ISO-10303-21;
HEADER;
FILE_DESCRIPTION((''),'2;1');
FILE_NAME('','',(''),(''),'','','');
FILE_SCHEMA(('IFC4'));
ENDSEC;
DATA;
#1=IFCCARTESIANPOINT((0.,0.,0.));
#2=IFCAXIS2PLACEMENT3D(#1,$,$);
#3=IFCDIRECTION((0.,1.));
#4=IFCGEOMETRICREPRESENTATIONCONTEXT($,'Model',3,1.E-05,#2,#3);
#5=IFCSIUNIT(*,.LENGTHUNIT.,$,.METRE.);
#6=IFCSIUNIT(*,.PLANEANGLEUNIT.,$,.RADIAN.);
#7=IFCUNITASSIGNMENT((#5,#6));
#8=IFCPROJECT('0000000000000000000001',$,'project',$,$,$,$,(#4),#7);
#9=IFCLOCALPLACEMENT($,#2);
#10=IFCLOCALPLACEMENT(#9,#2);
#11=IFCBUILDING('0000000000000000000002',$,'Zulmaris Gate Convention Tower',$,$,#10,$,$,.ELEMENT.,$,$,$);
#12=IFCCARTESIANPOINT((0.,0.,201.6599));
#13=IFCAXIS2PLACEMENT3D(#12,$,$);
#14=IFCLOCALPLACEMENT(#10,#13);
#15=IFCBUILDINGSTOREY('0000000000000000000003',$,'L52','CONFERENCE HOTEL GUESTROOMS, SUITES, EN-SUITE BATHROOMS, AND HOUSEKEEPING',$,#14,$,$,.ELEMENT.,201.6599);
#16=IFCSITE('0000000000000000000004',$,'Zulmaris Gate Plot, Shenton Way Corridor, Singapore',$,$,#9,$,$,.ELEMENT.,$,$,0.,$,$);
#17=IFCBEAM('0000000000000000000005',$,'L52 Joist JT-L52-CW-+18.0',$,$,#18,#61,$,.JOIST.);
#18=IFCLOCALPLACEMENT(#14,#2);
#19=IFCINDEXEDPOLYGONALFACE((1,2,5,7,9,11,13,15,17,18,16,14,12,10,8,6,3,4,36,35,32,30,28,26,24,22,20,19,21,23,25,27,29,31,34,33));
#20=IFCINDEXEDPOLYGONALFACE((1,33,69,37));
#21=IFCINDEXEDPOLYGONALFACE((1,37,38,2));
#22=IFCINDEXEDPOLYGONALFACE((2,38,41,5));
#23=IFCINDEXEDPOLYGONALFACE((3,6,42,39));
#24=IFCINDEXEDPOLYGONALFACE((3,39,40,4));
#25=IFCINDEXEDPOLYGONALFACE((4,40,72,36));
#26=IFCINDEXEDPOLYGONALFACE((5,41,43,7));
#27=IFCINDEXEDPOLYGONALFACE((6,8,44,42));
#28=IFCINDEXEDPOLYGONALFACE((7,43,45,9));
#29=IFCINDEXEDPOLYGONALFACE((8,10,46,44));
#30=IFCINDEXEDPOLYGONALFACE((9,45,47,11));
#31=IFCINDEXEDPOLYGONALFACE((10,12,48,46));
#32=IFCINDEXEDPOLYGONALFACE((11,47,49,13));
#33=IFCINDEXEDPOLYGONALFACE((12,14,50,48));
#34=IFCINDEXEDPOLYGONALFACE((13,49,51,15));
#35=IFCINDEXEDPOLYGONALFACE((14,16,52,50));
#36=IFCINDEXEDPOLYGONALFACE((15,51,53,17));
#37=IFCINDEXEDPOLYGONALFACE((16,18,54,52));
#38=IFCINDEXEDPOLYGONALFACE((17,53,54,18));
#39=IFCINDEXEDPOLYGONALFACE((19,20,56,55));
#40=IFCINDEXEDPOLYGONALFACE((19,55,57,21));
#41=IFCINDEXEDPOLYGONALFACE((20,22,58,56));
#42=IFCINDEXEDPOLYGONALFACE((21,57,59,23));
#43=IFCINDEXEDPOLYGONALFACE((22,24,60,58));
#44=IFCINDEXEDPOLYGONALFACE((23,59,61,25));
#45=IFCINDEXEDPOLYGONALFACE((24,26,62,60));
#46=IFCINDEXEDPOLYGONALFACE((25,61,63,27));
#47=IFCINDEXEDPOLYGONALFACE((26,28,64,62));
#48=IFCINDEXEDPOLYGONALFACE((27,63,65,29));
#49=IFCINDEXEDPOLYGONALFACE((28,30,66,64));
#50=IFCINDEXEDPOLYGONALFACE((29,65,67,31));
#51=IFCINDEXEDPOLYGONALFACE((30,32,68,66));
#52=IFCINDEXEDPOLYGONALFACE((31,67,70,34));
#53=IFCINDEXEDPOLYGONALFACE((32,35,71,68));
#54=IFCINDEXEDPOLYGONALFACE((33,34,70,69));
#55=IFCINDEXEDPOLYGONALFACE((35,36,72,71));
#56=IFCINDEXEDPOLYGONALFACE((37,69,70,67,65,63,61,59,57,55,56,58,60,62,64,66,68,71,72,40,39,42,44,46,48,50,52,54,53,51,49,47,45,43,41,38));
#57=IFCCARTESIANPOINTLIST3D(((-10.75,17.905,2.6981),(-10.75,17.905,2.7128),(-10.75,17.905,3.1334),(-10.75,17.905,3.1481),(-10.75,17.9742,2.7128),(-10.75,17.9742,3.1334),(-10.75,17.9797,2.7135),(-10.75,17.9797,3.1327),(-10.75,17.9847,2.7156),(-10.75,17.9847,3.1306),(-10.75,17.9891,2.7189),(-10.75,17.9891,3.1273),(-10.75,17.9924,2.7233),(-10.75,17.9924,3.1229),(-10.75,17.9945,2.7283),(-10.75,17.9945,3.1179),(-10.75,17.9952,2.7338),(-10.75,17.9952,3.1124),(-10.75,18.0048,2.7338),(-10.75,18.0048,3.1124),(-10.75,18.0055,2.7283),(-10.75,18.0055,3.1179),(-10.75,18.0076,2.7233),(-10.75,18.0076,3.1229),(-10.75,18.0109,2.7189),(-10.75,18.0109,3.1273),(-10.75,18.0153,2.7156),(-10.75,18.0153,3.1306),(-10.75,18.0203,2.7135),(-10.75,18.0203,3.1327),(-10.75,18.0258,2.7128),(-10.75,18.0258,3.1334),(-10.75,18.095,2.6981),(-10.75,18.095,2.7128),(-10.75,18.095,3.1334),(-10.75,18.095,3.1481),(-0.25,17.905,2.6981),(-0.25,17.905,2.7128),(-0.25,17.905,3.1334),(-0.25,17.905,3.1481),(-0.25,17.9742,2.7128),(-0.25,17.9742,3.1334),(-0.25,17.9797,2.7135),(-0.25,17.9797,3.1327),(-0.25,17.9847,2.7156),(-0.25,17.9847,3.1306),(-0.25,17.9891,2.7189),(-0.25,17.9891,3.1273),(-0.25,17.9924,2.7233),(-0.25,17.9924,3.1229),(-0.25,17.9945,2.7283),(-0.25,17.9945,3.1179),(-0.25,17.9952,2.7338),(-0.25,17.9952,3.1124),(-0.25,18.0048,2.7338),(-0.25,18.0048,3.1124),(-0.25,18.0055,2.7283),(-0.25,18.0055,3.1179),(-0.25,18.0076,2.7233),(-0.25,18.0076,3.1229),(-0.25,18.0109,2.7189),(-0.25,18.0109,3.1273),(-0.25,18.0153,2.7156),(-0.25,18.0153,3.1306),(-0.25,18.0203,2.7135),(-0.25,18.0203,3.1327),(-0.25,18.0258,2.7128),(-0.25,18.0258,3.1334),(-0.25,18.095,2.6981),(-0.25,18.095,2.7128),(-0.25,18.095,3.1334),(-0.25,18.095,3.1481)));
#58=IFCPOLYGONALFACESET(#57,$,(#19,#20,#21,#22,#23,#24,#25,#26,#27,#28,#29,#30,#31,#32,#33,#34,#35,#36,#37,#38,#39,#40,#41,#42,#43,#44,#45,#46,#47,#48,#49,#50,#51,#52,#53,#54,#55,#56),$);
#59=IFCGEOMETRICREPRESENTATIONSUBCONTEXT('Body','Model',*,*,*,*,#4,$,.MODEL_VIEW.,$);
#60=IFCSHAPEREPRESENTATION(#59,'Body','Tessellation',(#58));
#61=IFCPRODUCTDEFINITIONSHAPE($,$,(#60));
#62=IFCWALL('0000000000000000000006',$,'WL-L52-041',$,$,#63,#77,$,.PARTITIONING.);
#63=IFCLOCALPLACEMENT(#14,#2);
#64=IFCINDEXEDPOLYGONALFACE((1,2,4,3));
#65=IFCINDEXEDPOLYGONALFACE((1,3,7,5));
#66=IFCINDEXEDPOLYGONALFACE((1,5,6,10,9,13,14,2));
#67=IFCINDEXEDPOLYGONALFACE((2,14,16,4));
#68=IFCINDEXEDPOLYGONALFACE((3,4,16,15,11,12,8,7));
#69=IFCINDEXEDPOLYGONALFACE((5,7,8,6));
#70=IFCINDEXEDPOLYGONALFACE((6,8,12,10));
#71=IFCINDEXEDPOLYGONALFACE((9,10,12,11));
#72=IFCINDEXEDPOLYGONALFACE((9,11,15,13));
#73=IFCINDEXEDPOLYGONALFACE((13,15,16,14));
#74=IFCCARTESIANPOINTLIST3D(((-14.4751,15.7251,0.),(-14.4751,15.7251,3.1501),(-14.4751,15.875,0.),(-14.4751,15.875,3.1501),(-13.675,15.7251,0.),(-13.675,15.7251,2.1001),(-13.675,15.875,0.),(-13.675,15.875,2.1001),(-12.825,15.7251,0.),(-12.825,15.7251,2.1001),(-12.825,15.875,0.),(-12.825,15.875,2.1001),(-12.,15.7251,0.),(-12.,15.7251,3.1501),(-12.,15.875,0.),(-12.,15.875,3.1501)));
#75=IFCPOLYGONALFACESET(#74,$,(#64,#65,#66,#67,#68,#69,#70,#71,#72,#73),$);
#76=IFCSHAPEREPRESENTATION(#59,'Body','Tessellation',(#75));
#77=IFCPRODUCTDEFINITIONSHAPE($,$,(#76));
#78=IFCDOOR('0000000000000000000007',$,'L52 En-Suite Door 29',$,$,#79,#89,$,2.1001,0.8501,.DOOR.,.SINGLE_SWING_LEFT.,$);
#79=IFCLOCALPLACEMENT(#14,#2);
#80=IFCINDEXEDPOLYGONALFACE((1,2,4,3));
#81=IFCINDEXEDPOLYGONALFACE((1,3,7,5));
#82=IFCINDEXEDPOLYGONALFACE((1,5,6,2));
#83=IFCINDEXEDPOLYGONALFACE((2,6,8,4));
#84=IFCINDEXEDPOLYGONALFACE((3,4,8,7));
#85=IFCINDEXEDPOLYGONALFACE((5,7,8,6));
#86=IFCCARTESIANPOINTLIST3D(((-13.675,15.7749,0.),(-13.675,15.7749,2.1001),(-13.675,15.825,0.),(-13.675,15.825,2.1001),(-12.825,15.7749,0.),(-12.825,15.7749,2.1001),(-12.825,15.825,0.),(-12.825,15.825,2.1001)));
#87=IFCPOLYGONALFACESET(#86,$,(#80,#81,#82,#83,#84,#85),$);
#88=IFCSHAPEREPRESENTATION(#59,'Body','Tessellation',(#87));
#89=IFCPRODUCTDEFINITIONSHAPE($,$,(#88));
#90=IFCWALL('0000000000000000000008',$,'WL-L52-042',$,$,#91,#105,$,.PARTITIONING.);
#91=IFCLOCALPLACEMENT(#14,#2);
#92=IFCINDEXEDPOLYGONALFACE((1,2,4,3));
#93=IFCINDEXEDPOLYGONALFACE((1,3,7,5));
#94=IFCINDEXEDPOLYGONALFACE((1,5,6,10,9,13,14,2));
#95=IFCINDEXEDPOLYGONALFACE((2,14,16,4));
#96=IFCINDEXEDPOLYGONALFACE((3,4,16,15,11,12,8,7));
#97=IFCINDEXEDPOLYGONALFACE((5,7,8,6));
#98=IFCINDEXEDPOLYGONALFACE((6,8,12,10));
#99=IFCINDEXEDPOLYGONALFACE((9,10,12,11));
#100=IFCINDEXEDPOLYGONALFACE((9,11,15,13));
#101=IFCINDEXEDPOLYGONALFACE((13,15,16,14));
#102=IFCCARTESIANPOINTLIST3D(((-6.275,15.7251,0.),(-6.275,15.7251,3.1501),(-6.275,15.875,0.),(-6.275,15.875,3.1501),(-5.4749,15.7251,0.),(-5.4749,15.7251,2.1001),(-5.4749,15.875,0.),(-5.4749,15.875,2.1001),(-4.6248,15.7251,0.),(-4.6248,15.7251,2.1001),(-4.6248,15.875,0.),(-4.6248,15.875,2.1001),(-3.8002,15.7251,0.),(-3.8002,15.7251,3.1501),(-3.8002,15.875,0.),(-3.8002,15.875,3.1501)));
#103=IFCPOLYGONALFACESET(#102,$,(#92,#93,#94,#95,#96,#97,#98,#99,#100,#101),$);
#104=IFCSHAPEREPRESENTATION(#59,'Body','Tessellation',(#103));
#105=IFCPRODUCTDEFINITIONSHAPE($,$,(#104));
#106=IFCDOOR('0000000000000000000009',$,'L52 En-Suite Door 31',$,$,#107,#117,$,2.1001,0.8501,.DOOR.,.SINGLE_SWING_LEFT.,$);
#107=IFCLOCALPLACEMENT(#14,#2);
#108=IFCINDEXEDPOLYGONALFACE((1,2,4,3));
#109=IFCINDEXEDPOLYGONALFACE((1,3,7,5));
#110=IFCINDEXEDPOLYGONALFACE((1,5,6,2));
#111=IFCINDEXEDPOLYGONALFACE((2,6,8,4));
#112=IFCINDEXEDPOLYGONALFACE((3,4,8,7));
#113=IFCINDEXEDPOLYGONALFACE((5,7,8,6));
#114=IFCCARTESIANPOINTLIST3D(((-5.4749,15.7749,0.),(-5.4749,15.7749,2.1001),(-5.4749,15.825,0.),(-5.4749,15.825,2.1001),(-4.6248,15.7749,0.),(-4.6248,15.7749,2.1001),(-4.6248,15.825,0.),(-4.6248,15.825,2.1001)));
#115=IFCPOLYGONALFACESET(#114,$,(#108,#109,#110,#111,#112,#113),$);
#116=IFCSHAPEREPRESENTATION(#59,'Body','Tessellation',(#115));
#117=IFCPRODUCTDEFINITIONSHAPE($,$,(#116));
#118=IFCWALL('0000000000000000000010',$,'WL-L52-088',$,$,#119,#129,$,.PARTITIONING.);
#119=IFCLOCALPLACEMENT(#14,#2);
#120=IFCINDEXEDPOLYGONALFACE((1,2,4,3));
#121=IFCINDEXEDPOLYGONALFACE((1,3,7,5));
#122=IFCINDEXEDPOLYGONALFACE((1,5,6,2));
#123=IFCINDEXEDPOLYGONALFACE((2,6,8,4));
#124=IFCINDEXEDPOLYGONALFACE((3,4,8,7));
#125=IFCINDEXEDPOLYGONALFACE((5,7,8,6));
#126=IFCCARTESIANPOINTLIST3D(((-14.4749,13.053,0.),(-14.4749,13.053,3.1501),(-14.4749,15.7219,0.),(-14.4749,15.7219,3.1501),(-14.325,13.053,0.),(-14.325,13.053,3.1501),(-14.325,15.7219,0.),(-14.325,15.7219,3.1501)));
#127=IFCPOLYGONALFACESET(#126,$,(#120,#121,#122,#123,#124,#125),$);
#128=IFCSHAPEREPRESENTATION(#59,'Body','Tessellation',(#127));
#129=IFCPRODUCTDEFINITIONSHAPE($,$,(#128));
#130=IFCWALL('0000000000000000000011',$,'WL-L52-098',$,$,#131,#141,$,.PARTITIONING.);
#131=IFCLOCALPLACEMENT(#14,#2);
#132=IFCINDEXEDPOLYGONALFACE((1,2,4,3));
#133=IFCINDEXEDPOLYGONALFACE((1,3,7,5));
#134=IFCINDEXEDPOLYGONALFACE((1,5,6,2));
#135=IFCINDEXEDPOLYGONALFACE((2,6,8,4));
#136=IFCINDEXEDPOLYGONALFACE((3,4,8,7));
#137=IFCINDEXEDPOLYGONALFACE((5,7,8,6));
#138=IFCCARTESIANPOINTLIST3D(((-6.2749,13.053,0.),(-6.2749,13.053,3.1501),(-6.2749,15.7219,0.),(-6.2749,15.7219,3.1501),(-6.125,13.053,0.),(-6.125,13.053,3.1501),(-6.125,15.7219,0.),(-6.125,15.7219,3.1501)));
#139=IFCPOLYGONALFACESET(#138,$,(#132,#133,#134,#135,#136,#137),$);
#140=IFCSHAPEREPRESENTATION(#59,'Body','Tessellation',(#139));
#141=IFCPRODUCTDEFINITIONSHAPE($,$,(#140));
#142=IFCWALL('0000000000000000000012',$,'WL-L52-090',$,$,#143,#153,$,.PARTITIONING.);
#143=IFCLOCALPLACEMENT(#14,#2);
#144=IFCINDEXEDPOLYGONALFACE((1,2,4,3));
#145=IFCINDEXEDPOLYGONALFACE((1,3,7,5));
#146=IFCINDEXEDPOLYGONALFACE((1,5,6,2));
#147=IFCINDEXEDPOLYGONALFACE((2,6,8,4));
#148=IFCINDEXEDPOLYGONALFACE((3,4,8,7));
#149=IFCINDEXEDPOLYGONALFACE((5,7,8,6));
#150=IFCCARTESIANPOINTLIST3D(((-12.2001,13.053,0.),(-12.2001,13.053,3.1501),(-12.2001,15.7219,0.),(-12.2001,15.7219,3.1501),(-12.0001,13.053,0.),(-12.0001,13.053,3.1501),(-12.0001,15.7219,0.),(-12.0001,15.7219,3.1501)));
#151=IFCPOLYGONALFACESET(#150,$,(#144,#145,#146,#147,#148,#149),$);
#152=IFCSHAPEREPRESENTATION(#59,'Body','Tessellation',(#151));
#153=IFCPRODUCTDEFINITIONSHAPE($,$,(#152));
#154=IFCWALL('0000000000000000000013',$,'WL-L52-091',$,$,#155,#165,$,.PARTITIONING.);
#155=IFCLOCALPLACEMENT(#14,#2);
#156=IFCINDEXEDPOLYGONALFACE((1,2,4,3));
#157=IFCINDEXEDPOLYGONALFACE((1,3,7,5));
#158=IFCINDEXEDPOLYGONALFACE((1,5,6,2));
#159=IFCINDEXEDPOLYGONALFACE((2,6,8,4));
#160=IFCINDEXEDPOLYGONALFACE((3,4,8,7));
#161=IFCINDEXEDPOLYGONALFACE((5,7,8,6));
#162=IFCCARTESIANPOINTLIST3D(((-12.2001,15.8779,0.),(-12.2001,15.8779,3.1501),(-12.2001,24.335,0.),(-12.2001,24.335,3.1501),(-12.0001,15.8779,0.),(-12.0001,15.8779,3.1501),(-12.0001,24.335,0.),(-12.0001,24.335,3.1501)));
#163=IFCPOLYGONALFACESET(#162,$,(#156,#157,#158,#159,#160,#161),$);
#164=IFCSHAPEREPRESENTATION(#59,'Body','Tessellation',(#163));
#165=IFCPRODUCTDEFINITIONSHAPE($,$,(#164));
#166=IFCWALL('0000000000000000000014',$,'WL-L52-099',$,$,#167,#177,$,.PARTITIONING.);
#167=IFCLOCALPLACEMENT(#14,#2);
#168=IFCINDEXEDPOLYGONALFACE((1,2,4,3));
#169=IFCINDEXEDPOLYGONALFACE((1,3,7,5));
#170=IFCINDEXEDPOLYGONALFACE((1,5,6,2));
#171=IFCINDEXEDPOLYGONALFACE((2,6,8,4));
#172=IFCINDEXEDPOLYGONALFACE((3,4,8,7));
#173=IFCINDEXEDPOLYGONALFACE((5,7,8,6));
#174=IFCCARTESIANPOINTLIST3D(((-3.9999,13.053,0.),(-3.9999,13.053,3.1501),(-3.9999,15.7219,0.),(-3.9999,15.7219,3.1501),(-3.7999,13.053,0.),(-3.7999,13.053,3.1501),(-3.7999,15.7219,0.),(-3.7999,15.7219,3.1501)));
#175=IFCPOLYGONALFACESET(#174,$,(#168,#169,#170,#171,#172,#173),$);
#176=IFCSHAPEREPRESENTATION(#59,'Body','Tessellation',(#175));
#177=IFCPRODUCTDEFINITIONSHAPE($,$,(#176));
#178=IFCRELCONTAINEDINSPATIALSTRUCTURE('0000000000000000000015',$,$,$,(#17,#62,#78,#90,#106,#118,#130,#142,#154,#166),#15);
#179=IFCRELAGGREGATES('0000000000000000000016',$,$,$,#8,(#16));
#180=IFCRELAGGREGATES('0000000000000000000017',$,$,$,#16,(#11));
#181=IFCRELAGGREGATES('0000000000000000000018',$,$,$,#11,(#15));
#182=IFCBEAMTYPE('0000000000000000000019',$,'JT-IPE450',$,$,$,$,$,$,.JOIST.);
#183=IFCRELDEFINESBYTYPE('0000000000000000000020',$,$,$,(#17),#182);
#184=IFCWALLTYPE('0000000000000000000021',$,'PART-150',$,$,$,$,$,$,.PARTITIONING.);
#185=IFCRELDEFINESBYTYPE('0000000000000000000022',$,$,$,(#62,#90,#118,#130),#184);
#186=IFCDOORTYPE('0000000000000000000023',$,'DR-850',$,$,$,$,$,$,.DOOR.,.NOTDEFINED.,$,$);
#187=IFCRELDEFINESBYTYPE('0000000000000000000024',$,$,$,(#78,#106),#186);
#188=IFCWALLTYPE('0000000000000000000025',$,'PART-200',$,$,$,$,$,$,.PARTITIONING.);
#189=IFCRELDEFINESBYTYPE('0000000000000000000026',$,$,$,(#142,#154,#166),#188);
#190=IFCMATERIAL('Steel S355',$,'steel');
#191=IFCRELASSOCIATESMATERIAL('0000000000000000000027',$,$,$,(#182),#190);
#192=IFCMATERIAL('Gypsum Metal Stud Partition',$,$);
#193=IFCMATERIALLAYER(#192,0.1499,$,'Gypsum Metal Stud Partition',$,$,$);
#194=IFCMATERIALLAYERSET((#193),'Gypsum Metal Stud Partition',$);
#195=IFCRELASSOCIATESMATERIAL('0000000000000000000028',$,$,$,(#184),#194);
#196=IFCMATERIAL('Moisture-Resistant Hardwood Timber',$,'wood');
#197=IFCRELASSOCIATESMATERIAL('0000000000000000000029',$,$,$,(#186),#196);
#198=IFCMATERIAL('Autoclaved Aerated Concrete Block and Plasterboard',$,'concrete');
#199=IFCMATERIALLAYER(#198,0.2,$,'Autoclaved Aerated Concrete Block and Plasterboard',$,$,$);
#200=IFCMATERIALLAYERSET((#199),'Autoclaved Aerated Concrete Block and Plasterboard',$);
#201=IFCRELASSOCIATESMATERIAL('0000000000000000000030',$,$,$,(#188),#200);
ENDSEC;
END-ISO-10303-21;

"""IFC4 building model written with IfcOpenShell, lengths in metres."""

from ifc_helpers import new_model, si_unit, direction, frame, frame_2d, origin, origin_2d, place, context, subcontext, project, spatial, rectangle, i_section, extrude, material, layer, layer_set, material_profile, profile_set, type_object, element, fill, save


model = new_model("IFC4")

# Units and contexts
model_context = context("Model", 3, precision=1e-05, world=origin(), true_north=direction((0.0, 1.0)))
body_context = subcontext(model_context, "Body", "Model", "MODEL_VIEW")
ifc_project = project(units=[si_unit("LENGTHUNIT", "METRE"), si_unit("PLANEANGLEUNIT", "RADIAN")], contexts=[model_context])

# Site, building, storey
site_placement = place(None, origin())
site = spatial("IfcSite", under=ifc_project, at=site_placement, Name="Zulmaris Gate Plot, Shenton Way Corridor, Singapore", CompositionType="ELEMENT", RefElevation=0.0)
building_placement = place(site_placement, origin())
building = spatial("IfcBuilding", under=site, at=building_placement, Name="Zulmaris Gate Convention Tower", CompositionType="ELEMENT")
storey_placement = place(building_placement, frame((0.0, 0.0, 201.6599)))
storey = spatial("IfcBuildingStorey", under=building, at=storey_placement, Name="L52", Description="CONFERENCE HOTEL GUESTROOMS, SUITES, EN-SUITE BATHROOMS, AND HOUSEKEEPING", CompositionType="ELEMENT", Elevation=201.6599)

# Beam
ifc_material_1 = material(Name="Steel S355", Category="steel")
ifc_material_profile_1 = material_profile(ifc_material_1, i_section(OverallWidth=0.1899, OverallDepth=0.45, WebThickness=0.0095, FlangeThickness=0.0146, FilletRadius=0.021, at=origin_2d()), Name="IPE 450")
ifc_profile_set_1 = profile_set([ifc_material_profile_1], Name="Steel S355")
beam_type_1 = type_object("IfcBeamType", Name="JT-IPE450", PredefinedType="JOIST", material=ifc_profile_set_1)
for number, where, z_axis, x_axis, name in (
    (1, (-10.75, 18.0, 2.9231), (1.0, 0.0, 0.0), (0.0, 1.0, 0.0), "L52 Joist JT-L52-CW-+18.0"),
):
    element("IfcBeam", number, at=place(storey_placement, frame(where, z_axis=z_axis, x_axis=x_axis)), inside=storey, type_object=beam_type_1, Name=name, PredefinedType="JOIST", context=body_context, shape_type="SweptSolid", body=[
        extrude(i_section(OverallWidth=0.1899, OverallDepth=0.45, WebThickness=0.0095, FlangeThickness=0.0146, FilletRadius=0.021, at=origin_2d()), origin(), (0.0, 0.0, 1.0), 10.5),
    ])

# Walls, openings, doors
ifc_material_2 = material(Name="Gypsum Metal Stud Partition")
ifc_layer_1 = layer(ifc_material_2, 0.1499, Name="Gypsum Metal Stud Partition")
ifc_layer_set_1 = layer_set([ifc_layer_1], Name="Gypsum Metal Stud Partition")
wall_type_1 = type_object("IfcWallType", Name="PART-150", PredefinedType="PARTITIONING", material=ifc_layer_set_1)
wall_1_placement = place(storey_placement, frame((-14.4751, 15.8, 0.0), z_axis=(0.0, 0.0, 1.0), x_axis=(1.0, 0.0, 0.0)))
wall_1 = element("IfcWall", 2, at=wall_1_placement, inside=storey, type_object=wall_type_1, Name="WL-L52-041", PredefinedType="PARTITIONING", context=body_context, shape_type="SweptSolid", body=[
    extrude(rectangle(XDim=2.4751, YDim=0.1499, at=frame_2d((1.2375, 0.0))), origin(), (0.0, 0.0, 1.0), 3.1501),
])
opening_1_placement = place(wall_1_placement, frame((0.8, 0.0, 0.0)))
opening_1 = element("IfcOpeningElement", 3, at=opening_1_placement, cuts=wall_1, PredefinedType="OPENING", context=body_context, shape_type="SweptSolid", body=[
    extrude(rectangle(XDim=0.8501, YDim=2.1001, at=frame_2d((0.425, 1.05))), frame((0.0, 0.085, 0.0), z_axis=(0.0, -1.0, 0.0), x_axis=(1.0, 0.0, 0.0)), (0.0, 0.0, 1.0), 0.1699),
])
ifc_material_3 = material(Name="Moisture-Resistant Hardwood Timber", Category="wood")
door_type_1 = type_object("IfcDoorType", Name="DR-850", OperationType="NOTDEFINED", PredefinedType="DOOR", material=ifc_material_3)
door_1_placement = place(opening_1_placement, origin())
door_1 = element("IfcDoor", 4, at=door_1_placement, inside=storey, type_object=door_type_1, Name="L52 En-Suite Door 29", OperationType="SINGLE_SWING_LEFT", OverallHeight=2.1001, OverallWidth=0.8501, PredefinedType="DOOR", context=body_context, shape_type="SweptSolid", body=[
    extrude(rectangle(XDim=0.8501, YDim=2.1001, at=frame_2d((0.425, 1.05))), frame((0.0, 0.0249, 0.0), z_axis=(0.0, -1.0, 0.0), x_axis=(1.0, 0.0, 0.0)), (0.0, 0.0, 1.0), 0.05),
])
fill(opening_1, door_1)
wall_2_placement = place(storey_placement, frame((-6.2749, 15.8, 0.0), z_axis=(0.0, 0.0, 1.0), x_axis=(1.0, 0.0, 0.0)))
wall_2 = element("IfcWall", 5, at=wall_2_placement, inside=storey, type_object=wall_type_1, Name="WL-L52-042", PredefinedType="PARTITIONING", context=body_context, shape_type="SweptSolid", body=[
    extrude(rectangle(XDim=2.4749, YDim=0.1499, at=frame_2d((1.2373, 0.0))), origin(), (0.0, 0.0, 1.0), 3.1501),
])
opening_2_placement = place(wall_2_placement, frame((0.8, 0.0, 0.0)))
opening_2 = element("IfcOpeningElement", 6, at=opening_2_placement, cuts=wall_2, PredefinedType="OPENING", context=body_context, shape_type="SweptSolid", body=[
    extrude(rectangle(XDim=0.8501, YDim=2.1001, at=frame_2d((0.425, 1.05))), frame((0.0, 0.085, 0.0), z_axis=(0.0, -1.0, 0.0), x_axis=(1.0, 0.0, 0.0)), (0.0, 0.0, 1.0), 0.1699),
])
door_2_placement = place(opening_2_placement, origin())
door_2 = element("IfcDoor", 7, at=door_2_placement, inside=storey, type_object=door_type_1, Name="L52 En-Suite Door 31", OperationType="SINGLE_SWING_LEFT", OverallHeight=2.1001, OverallWidth=0.8501, PredefinedType="DOOR", context=body_context, shape_type="SweptSolid", body=[
    extrude(rectangle(XDim=0.8501, YDim=2.1001, at=frame_2d((0.425, 1.05))), frame((0.0, 0.0249, 0.0), z_axis=(0.0, -1.0, 0.0), x_axis=(1.0, 0.0, 0.0)), (0.0, 0.0, 1.0), 0.05),
])
fill(opening_2, door_2)

# Walls
for number, where, z_axis, x_axis, name in (
    (8, (-14.3999, 13.053, 0.0), (0.0, 0.0, 1.0), (0.0, 1.0, 0.0), "WL-L52-088"),
    (9, (-6.2, 13.053, 0.0), (0.0, 0.0, 1.0), (0.0, 1.0, 0.0), "WL-L52-098"),
):
    element("IfcWall", number, at=place(storey_placement, frame(where, z_axis=z_axis, x_axis=x_axis)), inside=storey, type_object=wall_type_1, Name=name, PredefinedType="PARTITIONING", context=body_context, shape_type="SweptSolid", body=[
        extrude(rectangle(XDim=2.6689, YDim=0.1499, at=frame_2d((1.3345, 0.0))), origin(), (0.0, 0.0, 1.0), 3.1501),
    ])
ifc_material_4 = material(Name="Autoclaved Aerated Concrete Block and Plasterboard", Category="concrete")
ifc_layer_2 = layer(ifc_material_4, 0.2, Name="Autoclaved Aerated Concrete Block and Plasterboard")
ifc_layer_set_2 = layer_set([ifc_layer_2], Name="Autoclaved Aerated Concrete Block and Plasterboard")
wall_type_2 = type_object("IfcWallType", Name="PART-200", PredefinedType="PARTITIONING", material=ifc_layer_set_2)
wall_3_placement = place(storey_placement, frame((-12.1001, 13.053, 0.0), z_axis=(0.0, 0.0, 1.0), x_axis=(0.0, 1.0, 0.0)))
element("IfcWall", 10, at=wall_3_placement, inside=storey, type_object=wall_type_2, Name="WL-L52-090", PredefinedType="PARTITIONING", context=body_context, shape_type="SweptSolid", body=[
    extrude(rectangle(XDim=2.6689, YDim=0.2, at=frame_2d((1.3345, 0.0))), origin(), (0.0, 0.0, 1.0), 3.1501),
])
wall_4_placement = place(storey_placement, frame((-12.1001, 15.8779, 0.0), z_axis=(0.0, 0.0, 1.0), x_axis=(0.0, 1.0, 0.0)))
element("IfcWall", 11, at=wall_4_placement, inside=storey, type_object=wall_type_2, Name="WL-L52-091", PredefinedType="PARTITIONING", context=body_context, shape_type="SweptSolid", body=[
    extrude(rectangle(XDim=8.457, YDim=0.2, at=frame_2d((4.2285, 0.0))), origin(), (0.0, 0.0, 1.0), 3.1501),
])
wall_5_placement = place(storey_placement, frame((-3.8999, 13.053, 0.0), z_axis=(0.0, 0.0, 1.0), x_axis=(0.0, 1.0, 0.0)))
element("IfcWall", 12, at=wall_5_placement, inside=storey, type_object=wall_type_2, Name="WL-L52-099", PredefinedType="PARTITIONING", context=body_context, shape_type="SweptSolid", body=[
    extrude(rectangle(XDim=2.6689, YDim=0.2, at=frame_2d((1.3345, 0.0))), origin(), (0.0, 0.0, 1.0), 3.1501),
])

save(model, "model.ifc")
